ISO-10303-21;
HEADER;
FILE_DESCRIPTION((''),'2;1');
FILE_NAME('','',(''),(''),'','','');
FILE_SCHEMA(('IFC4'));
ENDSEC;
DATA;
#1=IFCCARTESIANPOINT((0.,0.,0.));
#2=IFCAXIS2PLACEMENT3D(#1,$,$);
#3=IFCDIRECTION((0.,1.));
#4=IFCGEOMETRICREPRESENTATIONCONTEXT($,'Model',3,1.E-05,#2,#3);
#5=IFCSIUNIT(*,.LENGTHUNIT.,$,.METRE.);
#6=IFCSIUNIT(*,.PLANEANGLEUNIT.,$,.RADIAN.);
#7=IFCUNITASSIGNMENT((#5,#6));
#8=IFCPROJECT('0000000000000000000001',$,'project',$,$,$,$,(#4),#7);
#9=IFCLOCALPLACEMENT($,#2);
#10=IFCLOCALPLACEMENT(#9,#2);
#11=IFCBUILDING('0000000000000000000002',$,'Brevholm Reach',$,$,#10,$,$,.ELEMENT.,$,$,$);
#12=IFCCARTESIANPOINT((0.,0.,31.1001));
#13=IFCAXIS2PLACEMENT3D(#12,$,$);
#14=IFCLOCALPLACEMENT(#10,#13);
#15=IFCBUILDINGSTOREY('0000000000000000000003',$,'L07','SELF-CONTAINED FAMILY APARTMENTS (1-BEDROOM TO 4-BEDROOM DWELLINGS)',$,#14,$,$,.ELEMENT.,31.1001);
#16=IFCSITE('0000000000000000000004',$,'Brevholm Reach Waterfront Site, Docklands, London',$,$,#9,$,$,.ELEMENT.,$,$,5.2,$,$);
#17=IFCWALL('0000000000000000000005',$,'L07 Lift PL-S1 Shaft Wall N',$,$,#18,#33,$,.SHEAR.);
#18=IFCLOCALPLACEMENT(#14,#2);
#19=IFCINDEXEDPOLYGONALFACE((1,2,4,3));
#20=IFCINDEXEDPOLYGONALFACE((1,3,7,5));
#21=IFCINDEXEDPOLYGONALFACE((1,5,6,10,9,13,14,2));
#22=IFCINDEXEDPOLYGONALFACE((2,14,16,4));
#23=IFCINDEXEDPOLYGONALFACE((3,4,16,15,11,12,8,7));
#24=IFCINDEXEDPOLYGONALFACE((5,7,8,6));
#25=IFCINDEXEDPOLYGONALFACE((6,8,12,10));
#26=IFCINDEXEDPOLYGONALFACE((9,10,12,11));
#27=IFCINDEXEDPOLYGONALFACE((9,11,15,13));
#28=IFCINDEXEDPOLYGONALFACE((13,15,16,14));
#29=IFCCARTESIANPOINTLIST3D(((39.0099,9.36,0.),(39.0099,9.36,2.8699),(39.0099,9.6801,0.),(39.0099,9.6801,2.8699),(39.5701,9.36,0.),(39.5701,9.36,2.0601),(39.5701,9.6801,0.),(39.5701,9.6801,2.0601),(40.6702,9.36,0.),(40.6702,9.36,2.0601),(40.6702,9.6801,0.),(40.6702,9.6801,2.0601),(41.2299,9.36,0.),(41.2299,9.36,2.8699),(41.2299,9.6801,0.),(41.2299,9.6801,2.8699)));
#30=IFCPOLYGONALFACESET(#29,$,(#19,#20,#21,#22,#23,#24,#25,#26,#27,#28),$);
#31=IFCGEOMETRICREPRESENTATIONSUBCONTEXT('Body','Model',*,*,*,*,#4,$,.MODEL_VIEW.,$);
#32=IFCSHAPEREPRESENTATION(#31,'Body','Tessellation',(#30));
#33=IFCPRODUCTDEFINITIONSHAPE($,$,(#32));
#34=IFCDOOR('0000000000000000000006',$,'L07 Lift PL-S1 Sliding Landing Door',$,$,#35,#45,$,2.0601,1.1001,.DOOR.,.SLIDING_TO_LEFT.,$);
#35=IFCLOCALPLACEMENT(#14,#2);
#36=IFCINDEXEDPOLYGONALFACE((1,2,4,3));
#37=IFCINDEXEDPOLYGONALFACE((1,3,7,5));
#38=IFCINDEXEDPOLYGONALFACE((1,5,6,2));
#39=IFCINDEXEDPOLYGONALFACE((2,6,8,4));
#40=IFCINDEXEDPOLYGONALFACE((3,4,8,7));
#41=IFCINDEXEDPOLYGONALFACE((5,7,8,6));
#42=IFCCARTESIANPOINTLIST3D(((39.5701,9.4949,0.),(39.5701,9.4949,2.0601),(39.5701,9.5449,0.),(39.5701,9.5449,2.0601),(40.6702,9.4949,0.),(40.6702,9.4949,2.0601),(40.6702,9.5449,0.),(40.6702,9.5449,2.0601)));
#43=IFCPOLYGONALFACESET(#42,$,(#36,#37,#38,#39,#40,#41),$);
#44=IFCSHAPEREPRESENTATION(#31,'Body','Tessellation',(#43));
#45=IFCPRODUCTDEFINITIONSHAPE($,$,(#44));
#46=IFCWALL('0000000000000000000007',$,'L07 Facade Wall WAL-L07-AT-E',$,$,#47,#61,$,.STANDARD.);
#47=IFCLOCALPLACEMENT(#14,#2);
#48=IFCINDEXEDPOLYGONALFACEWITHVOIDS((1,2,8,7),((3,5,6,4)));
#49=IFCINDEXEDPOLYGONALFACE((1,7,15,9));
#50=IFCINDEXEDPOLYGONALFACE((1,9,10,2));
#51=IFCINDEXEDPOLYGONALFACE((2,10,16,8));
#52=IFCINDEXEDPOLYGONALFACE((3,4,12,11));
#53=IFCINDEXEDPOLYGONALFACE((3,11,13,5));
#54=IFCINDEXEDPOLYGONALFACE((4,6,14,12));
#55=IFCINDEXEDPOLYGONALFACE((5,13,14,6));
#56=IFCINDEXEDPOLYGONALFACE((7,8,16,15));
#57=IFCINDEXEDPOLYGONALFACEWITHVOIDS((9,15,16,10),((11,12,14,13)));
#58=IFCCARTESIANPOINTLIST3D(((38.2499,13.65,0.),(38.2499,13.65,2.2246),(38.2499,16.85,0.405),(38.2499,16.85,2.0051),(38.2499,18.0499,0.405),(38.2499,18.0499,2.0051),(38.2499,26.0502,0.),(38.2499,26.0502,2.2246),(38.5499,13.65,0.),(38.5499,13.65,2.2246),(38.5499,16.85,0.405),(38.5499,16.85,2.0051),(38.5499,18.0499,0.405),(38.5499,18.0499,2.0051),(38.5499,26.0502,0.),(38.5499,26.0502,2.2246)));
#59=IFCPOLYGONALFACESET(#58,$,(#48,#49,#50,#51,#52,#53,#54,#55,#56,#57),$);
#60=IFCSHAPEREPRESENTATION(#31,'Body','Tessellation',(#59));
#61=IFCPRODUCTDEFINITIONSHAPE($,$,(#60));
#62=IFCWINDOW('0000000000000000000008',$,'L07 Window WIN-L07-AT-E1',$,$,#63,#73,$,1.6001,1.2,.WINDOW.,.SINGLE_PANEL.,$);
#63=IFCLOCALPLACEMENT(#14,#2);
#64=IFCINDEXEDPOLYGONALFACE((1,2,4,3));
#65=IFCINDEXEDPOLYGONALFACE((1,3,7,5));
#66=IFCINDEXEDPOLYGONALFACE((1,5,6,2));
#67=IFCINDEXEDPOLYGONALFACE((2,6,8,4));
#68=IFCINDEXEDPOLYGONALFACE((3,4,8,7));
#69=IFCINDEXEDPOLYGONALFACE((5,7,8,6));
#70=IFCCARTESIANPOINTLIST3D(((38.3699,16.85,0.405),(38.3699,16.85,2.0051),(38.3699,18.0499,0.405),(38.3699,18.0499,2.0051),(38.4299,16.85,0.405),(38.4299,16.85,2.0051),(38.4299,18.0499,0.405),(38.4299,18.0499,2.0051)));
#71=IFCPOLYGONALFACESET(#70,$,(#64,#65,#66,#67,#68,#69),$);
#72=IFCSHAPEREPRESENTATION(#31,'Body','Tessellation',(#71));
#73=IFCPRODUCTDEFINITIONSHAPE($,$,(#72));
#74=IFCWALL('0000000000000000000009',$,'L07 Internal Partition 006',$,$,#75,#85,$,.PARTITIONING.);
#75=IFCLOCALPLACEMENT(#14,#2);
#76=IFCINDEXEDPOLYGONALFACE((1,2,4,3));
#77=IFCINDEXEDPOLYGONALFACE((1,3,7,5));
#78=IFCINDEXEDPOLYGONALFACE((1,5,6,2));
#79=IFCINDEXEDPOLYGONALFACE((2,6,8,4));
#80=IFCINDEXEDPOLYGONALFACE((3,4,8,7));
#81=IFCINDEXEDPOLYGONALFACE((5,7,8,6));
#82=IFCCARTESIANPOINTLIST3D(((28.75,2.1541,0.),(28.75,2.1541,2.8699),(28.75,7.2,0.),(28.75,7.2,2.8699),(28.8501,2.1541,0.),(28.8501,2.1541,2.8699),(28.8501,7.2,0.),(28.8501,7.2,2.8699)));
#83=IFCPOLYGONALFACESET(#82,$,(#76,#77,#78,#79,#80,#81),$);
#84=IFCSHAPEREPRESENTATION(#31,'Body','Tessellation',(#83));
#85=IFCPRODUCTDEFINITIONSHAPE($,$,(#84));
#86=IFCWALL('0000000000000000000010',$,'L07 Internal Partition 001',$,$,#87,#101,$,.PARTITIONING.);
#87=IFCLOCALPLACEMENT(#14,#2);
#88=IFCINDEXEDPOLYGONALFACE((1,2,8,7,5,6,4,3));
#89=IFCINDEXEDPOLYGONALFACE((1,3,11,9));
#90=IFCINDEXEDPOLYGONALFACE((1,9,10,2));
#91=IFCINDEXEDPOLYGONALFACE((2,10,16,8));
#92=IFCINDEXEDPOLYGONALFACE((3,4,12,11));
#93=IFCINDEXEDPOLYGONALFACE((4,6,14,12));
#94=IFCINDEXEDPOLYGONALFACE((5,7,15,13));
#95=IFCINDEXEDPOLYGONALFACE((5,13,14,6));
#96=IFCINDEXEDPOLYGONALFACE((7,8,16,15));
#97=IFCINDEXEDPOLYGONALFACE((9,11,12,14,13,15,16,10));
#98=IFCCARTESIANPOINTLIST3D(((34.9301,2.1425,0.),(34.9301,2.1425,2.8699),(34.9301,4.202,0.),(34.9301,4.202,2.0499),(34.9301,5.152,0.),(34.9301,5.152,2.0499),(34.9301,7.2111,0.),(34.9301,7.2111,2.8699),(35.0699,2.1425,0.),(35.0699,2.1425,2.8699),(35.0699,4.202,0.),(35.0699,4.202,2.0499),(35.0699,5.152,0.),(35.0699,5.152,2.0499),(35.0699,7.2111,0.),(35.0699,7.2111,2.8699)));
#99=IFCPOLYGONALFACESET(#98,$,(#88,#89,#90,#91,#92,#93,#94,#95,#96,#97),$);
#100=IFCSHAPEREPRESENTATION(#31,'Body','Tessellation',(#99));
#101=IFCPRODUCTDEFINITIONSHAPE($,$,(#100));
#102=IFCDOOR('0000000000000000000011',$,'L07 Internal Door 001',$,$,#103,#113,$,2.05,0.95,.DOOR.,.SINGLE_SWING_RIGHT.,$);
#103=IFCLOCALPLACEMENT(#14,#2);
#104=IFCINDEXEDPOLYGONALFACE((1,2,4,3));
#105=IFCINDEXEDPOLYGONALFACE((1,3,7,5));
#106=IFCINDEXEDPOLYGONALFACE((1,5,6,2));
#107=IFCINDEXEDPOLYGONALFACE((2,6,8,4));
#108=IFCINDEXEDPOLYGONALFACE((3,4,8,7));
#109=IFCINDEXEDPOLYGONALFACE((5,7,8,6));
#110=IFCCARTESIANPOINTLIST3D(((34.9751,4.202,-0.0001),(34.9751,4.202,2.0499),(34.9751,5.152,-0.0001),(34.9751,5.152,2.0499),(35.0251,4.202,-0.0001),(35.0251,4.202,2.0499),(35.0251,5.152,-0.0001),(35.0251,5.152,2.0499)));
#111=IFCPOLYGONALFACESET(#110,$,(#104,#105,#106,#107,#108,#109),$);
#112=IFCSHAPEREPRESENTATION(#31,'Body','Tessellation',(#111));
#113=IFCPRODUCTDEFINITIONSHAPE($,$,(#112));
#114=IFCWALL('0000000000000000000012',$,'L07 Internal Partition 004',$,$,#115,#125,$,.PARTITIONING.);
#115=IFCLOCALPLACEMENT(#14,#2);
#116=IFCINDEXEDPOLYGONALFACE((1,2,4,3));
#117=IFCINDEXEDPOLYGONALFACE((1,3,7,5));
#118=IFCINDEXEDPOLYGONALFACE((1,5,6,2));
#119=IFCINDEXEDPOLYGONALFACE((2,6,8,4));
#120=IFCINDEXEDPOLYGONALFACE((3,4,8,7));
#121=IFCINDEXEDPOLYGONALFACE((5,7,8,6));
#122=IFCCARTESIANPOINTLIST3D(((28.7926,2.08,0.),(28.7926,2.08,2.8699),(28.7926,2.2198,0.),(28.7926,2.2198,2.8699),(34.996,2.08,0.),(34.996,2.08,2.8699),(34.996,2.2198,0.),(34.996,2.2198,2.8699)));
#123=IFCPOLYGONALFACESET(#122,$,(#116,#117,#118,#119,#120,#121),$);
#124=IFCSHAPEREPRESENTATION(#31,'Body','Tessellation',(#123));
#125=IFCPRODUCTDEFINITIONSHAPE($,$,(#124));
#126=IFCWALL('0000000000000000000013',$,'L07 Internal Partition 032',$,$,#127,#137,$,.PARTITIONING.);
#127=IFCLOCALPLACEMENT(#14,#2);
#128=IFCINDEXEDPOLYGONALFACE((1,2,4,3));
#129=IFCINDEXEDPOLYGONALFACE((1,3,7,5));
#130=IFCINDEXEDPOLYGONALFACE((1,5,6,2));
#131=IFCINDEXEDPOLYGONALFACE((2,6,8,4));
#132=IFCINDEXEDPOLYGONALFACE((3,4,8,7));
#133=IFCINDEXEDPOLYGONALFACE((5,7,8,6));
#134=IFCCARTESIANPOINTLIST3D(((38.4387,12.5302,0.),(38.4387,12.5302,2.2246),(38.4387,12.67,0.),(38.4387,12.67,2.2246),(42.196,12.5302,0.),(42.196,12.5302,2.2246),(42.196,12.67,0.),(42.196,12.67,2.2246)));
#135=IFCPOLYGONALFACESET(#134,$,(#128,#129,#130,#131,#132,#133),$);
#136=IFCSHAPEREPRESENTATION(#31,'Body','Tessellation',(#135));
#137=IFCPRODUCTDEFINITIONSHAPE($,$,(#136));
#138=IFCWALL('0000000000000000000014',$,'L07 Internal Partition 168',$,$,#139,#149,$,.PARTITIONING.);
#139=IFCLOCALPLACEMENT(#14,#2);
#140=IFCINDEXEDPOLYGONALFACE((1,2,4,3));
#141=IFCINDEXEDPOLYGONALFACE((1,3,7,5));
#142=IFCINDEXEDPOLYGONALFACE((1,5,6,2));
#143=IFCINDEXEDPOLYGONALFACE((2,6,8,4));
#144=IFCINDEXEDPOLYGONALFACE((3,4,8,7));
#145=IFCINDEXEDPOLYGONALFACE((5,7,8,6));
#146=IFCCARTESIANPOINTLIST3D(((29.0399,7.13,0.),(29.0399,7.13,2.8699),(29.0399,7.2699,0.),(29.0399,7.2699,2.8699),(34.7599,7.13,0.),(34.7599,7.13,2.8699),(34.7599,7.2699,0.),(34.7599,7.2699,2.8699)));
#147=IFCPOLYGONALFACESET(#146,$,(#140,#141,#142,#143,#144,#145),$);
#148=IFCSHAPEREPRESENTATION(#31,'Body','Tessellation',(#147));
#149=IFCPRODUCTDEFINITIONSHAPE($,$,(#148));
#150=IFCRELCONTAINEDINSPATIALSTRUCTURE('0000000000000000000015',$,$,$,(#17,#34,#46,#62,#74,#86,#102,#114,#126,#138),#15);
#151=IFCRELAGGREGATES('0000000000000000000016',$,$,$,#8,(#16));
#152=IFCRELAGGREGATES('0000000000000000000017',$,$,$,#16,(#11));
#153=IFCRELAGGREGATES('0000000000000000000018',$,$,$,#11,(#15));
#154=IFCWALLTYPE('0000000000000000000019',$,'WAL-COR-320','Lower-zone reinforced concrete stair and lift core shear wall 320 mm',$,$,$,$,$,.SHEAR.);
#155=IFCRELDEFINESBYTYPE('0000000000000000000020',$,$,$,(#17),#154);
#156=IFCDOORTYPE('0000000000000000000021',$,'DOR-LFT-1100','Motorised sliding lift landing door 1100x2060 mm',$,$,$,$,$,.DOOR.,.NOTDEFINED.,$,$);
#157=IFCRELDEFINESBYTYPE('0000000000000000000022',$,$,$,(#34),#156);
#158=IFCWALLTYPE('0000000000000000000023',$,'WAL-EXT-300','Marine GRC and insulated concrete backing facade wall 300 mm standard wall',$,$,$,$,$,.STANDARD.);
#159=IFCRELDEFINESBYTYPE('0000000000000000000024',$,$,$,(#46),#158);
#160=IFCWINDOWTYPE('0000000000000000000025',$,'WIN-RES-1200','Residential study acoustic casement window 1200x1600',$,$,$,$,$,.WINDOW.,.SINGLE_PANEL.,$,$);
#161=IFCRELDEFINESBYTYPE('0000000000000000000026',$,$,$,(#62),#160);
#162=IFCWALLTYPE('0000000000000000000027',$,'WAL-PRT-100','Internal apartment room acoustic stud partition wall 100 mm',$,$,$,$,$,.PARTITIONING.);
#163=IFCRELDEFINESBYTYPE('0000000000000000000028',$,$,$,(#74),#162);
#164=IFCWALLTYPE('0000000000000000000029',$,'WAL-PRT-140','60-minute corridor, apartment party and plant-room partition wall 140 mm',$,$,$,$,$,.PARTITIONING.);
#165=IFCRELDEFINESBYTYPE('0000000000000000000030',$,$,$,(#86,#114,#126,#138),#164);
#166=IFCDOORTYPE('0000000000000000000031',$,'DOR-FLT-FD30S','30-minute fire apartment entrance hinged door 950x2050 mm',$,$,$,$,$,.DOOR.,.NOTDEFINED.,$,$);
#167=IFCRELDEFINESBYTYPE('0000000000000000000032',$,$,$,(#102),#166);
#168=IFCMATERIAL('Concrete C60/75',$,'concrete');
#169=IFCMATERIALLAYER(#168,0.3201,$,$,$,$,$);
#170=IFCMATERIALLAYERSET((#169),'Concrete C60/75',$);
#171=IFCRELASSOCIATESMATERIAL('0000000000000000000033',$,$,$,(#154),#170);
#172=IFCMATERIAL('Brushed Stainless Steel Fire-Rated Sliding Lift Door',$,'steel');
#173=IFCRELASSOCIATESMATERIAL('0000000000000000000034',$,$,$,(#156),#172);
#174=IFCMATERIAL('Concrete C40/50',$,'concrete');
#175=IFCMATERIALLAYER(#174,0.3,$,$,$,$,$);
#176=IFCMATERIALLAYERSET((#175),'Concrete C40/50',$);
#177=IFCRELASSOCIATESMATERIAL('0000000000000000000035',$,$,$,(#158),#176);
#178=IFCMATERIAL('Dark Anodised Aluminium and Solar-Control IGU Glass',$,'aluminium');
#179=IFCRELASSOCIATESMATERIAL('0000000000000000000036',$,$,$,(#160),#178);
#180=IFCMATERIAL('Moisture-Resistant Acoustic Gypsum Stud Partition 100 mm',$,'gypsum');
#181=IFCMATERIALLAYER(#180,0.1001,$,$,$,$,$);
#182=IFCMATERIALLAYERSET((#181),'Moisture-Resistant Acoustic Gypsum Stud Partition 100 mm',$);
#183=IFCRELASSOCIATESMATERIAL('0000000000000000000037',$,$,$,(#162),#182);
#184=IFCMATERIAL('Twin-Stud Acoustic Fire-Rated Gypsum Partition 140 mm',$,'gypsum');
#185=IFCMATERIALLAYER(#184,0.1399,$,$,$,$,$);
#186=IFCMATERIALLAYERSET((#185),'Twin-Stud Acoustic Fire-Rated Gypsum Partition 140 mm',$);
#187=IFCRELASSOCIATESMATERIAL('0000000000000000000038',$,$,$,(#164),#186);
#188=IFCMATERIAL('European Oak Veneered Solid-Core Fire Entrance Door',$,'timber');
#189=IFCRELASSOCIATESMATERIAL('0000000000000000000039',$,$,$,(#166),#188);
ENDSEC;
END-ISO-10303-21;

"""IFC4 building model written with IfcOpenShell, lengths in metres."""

from ifc_helpers import new_model, si_unit, direction, frame, frame_2d, origin, place, context, subcontext, project, spatial, rectangle, extrude, material, layer, layer_set, type_object, element, fill, save


model = new_model("IFC4")

# Units and contexts
model_context = context("Model", 3, precision=1e-05, world=origin(), true_north=direction((0.0, 1.0)))
body_context = subcontext(model_context, "Body", "Model", "MODEL_VIEW")
ifc_project = project(units=[si_unit("LENGTHUNIT", "METRE"), si_unit("PLANEANGLEUNIT", "RADIAN")], contexts=[model_context])

# Site, building, storey
site_placement = place(None, origin())
site = spatial("IfcSite", under=ifc_project, at=site_placement, Name="Brevholm Reach Waterfront Site, Docklands, London", CompositionType="ELEMENT", RefElevation=5.2)
building_placement = place(site_placement, origin())
building = spatial("IfcBuilding", under=site, at=building_placement, Name="Brevholm Reach", CompositionType="ELEMENT")
storey_placement = place(building_placement, frame((0.0, 0.0, 31.1001)))
storey = spatial("IfcBuildingStorey", under=building, at=storey_placement, Name="L07", Description="SELF-CONTAINED FAMILY APARTMENTS (1-BEDROOM TO 4-BEDROOM DWELLINGS)", CompositionType="ELEMENT", Elevation=31.1001)

# Shared definitions
ifc_material_1 = material(Name="Concrete C60/75", Category="concrete")
ifc_layer_1 = layer(ifc_material_1, 0.3201)
ifc_layer_set_1 = layer_set([ifc_layer_1], Name="Concrete C60/75")
wall_type_1 = type_object("IfcWallType", Name="WAL-COR-320", Description="Lower-zone reinforced concrete stair and lift core shear wall 320 mm", PredefinedType="SHEAR", material=ifc_layer_set_1)

# Wall, opening, door
wall_1_placement = place(storey_placement, frame((39.01, 9.52, 0.0), z_axis=(0.0, 0.0, 1.0), x_axis=(1.0, 0.0, 0.0)))
wall_1 = element("IfcWall", 1, at=wall_1_placement, inside=storey, type_object=wall_type_1, Name="L07 Lift PL-S1 Shaft Wall N", PredefinedType="SHEAR", context=body_context, shape_type="SweptSolid", body=[
    extrude(rectangle(XDim=2.22, YDim=0.3201, at=frame_2d((1.1099, 0.0))), origin(), (0.0, 0.0, 1.0), 2.8699),
])
opening_1_placement = place(wall_1_placement, frame((0.5601, 0.0, 0.0)))
opening_1 = element("IfcOpeningElement", 2, at=opening_1_placement, cuts=wall_1, PredefinedType="OPENING", context=body_context, shape_type="SweptSolid", body=[
    extrude(rectangle(XDim=1.1001, YDim=2.0601, at=frame_2d((0.55, 1.03))), frame((0.0, 0.1699, 0.0), z_axis=(0.0, -1.0, 0.0), x_axis=(1.0, 0.0, 0.0)), (0.0, 0.0, 1.0), 0.3401),
])
ifc_material_2 = material(Name="Brushed Stainless Steel Fire-Rated Sliding Lift Door", Category="steel")
door_type_1 = type_object("IfcDoorType", Name="DOR-LFT-1100", Description="Motorised sliding lift landing door 1100x2060 mm", OperationType="NOTDEFINED", PredefinedType="DOOR", material=ifc_material_2)
door_1_placement = place(opening_1_placement, origin())
door_1 = element("IfcDoor", 3, at=door_1_placement, inside=storey, type_object=door_type_1, Name="L07 Lift PL-S1 Sliding Landing Door", OperationType="SLIDING_TO_LEFT", OverallHeight=2.0601, OverallWidth=1.1001, PredefinedType="DOOR", context=body_context, shape_type="SweptSolid", body=[
    extrude(rectangle(XDim=1.1001, YDim=2.0601, at=frame_2d((0.55, 1.03))), frame((0.0, 0.0249, 0.0), z_axis=(0.0, -1.0, 0.0), x_axis=(1.0, 0.0, 0.0)), (0.0, 0.0, 1.0), 0.05),
])
fill(opening_1, door_1)

# Wall, opening, window
ifc_material_3 = material(Name="Concrete C40/50", Category="concrete")
ifc_layer_2 = layer(ifc_material_3, 0.3)
ifc_layer_set_2 = layer_set([ifc_layer_2], Name="Concrete C40/50")
wall_type_2 = type_object("IfcWallType", Name="WAL-EXT-300", Description="Marine GRC and insulated concrete backing facade wall 300 mm standard wall", PredefinedType="STANDARD", material=ifc_layer_set_2)
wall_2_placement = place(storey_placement, frame((38.3999, 13.6499, 0.0), z_axis=(0.0, 0.0, 1.0), x_axis=(0.0, 1.0, 0.0)))
wall_2 = element("IfcWall", 4, at=wall_2_placement, inside=storey, type_object=wall_type_2, Name="L07 Facade Wall WAL-L07-AT-E", PredefinedType="STANDARD", context=body_context, shape_type="SweptSolid", body=[
    extrude(rectangle(XDim=12.4001, YDim=0.3, at=frame_2d((6.2002, 0.0))), origin(), (0.0, 0.0, 1.0), 2.2246),
])
opening_2_placement = place(wall_2_placement, frame((3.2, 0.0, 0.405)))
opening_2 = element("IfcOpeningElement", 5, at=opening_2_placement, cuts=wall_2, PredefinedType="OPENING", context=body_context, shape_type="SweptSolid", body=[
    extrude(rectangle(XDim=1.2, YDim=1.6001, at=frame_2d((0.6001, 0.8))), frame((0.0, 0.1599, 0.0), z_axis=(0.0, -1.0, 0.0), x_axis=(1.0, 0.0, 0.0)), (0.0, 0.0, 1.0), 0.3201),
])
ifc_material_4 = material(Name="Dark Anodised Aluminium and Solar-Control IGU Glass", Category="aluminium")
window_type = type_object("IfcWindowType", Name="WIN-RES-1200", Description="Residential study acoustic casement window 1200x1600", PartitioningType="SINGLE_PANEL", PredefinedType="WINDOW", material=ifc_material_4)
window_placement = place(opening_2_placement, origin())
window = element("IfcWindow", 6, at=window_placement, inside=storey, type_object=window_type, Name="L07 Window WIN-L07-AT-E1", OverallHeight=1.6001, OverallWidth=1.2, PartitioningType="SINGLE_PANEL", PredefinedType="WINDOW", context=body_context, shape_type="SweptSolid", body=[
    extrude(rectangle(XDim=1.2, YDim=1.6001, at=frame_2d((0.6001, 0.8))), frame((0.0, 0.03, 0.0), z_axis=(0.0, -1.0, 0.0), x_axis=(1.0, 0.0, 0.0)), (0.0, 0.0, 1.0), 0.0601),
])
fill(opening_2, window)

# Wall
ifc_material_5 = material(Name="Moisture-Resistant Acoustic Gypsum Stud Partition 100 mm", Category="gypsum")
ifc_layer_3 = layer(ifc_material_5, 0.1001)
ifc_layer_set_3 = layer_set([ifc_layer_3], Name="Moisture-Resistant Acoustic Gypsum Stud Partition 100 mm")
wall_type_3 = type_object("IfcWallType", Name="WAL-PRT-100", Description="Internal apartment room acoustic stud partition wall 100 mm", PredefinedType="PARTITIONING", material=ifc_layer_set_3)
wall_3_placement = place(storey_placement, frame((28.8, 2.1541, 0.0), z_axis=(0.0, 0.0, 1.0), x_axis=(0.0, 1.0, 0.0)))
element("IfcWall", 7, at=wall_3_placement, inside=storey, type_object=wall_type_3, Name="L07 Internal Partition 006", PredefinedType="PARTITIONING", context=body_context, shape_type="SweptSolid", body=[
    extrude(rectangle(XDim=5.0459, YDim=0.1001, at=frame_2d((2.5229, 0.0))), origin(), (0.0, 0.0, 1.0), 2.8699),
])

# Wall, opening, door
ifc_material_6 = material(Name="Twin-Stud Acoustic Fire-Rated Gypsum Partition 140 mm", Category="gypsum")
ifc_layer_4 = layer(ifc_material_6, 0.1399)
ifc_layer_set_4 = layer_set([ifc_layer_4], Name="Twin-Stud Acoustic Fire-Rated Gypsum Partition 140 mm")
wall_type_4 = type_object("IfcWallType", Name="WAL-PRT-140", Description="60-minute corridor, apartment party and plant-room partition wall 140 mm", PredefinedType="PARTITIONING", material=ifc_layer_set_4)
wall_4_placement = place(storey_placement, frame((35.0, 2.1426, 0.0), z_axis=(0.0, 0.0, 1.0), x_axis=(0.0, 1.0, 0.0)))
wall_4 = element("IfcWall", 8, at=wall_4_placement, inside=storey, type_object=wall_type_4, Name="L07 Internal Partition 001", PredefinedType="PARTITIONING", context=body_context, shape_type="SweptSolid", body=[
    extrude(rectangle(XDim=5.0686, YDim=0.1399, at=frame_2d((2.5342, 0.0))), origin(), (0.0, 0.0, 1.0), 2.8699),
])
opening_3_placement = place(wall_4_placement, frame((2.0593, 0.0, 0.0)))
opening_3 = element("IfcOpeningElement", 9, at=opening_3_placement, cuts=wall_4, PredefinedType="OPENING", context=body_context, shape_type="SweptSolid", body=[
    extrude(rectangle(XDim=0.95, YDim=2.05, at=frame_2d((0.4751, 1.0249))), frame((0.0, 0.0798, 0.0), z_axis=(0.0, -1.0, 0.0), x_axis=(1.0, 0.0, 0.0)), (0.0, 0.0, 1.0), 0.1599),
])
ifc_material_7 = material(Name="European Oak Veneered Solid-Core Fire Entrance Door", Category="timber")
door_type_2 = type_object("IfcDoorType", Name="DOR-FLT-FD30S", Description="30-minute fire apartment entrance hinged door 950x2050 mm", OperationType="NOTDEFINED", PredefinedType="DOOR", material=ifc_material_7)
door_2_placement = place(opening_3_placement, origin())
door_2 = element("IfcDoor", 10, at=door_2_placement, inside=storey, type_object=door_type_2, Name="L07 Internal Door 001", OperationType="SINGLE_SWING_RIGHT", OverallHeight=2.05, OverallWidth=0.95, PredefinedType="DOOR", context=body_context, shape_type="SweptSolid", body=[
    extrude(rectangle(XDim=0.95, YDim=2.05, at=frame_2d((0.4751, 1.0249))), frame((0.0, 0.0249, 0.0), z_axis=(0.0, -1.0, 0.0), x_axis=(1.0, 0.0, 0.0)), (0.0, 0.0, 1.0), 0.05),
])
fill(opening_3, door_2)

# Walls
wall_5_placement = place(storey_placement, frame((28.7927, 2.1499, 0.0), z_axis=(0.0, 0.0, 1.0), x_axis=(1.0, 0.0, 0.0)))
element("IfcWall", 11, at=wall_5_placement, inside=storey, type_object=wall_type_4, Name="L07 Internal Partition 004", PredefinedType="PARTITIONING", context=body_context, shape_type="SweptSolid", body=[
    extrude(rectangle(XDim=6.2034, YDim=0.1399, at=frame_2d((3.1016, 0.0))), origin(), (0.0, 0.0, 1.0), 2.8699),
])
wall_6_placement = place(storey_placement, frame((38.4387, 12.6001, 0.0), z_axis=(0.0, 0.0, 1.0), x_axis=(1.0, 0.0, 0.0)))
element("IfcWall", 12, at=wall_6_placement, inside=storey, type_object=wall_type_4, Name="L07 Internal Partition 032", PredefinedType="PARTITIONING", context=body_context, shape_type="SweptSolid", body=[
    extrude(rectangle(XDim=3.7573, YDim=0.1399, at=frame_2d((1.8787, 0.0))), origin(), (0.0, 0.0, 1.0), 2.2246),
])
wall_7_placement = place(storey_placement, frame((29.04, 7.2, 0.0), z_axis=(0.0, 0.0, 1.0), x_axis=(1.0, 0.0, 0.0)))
element("IfcWall", 13, at=wall_7_placement, inside=storey, type_object=wall_type_4, Name="L07 Internal Partition 168", PredefinedType="PARTITIONING", context=body_context, shape_type="SweptSolid", body=[
    extrude(rectangle(XDim=5.72, YDim=0.1399, at=frame_2d((2.8599, 0.0))), origin(), (0.0, 0.0, 1.0), 2.8699),
])

save(model, "model.ifc")
